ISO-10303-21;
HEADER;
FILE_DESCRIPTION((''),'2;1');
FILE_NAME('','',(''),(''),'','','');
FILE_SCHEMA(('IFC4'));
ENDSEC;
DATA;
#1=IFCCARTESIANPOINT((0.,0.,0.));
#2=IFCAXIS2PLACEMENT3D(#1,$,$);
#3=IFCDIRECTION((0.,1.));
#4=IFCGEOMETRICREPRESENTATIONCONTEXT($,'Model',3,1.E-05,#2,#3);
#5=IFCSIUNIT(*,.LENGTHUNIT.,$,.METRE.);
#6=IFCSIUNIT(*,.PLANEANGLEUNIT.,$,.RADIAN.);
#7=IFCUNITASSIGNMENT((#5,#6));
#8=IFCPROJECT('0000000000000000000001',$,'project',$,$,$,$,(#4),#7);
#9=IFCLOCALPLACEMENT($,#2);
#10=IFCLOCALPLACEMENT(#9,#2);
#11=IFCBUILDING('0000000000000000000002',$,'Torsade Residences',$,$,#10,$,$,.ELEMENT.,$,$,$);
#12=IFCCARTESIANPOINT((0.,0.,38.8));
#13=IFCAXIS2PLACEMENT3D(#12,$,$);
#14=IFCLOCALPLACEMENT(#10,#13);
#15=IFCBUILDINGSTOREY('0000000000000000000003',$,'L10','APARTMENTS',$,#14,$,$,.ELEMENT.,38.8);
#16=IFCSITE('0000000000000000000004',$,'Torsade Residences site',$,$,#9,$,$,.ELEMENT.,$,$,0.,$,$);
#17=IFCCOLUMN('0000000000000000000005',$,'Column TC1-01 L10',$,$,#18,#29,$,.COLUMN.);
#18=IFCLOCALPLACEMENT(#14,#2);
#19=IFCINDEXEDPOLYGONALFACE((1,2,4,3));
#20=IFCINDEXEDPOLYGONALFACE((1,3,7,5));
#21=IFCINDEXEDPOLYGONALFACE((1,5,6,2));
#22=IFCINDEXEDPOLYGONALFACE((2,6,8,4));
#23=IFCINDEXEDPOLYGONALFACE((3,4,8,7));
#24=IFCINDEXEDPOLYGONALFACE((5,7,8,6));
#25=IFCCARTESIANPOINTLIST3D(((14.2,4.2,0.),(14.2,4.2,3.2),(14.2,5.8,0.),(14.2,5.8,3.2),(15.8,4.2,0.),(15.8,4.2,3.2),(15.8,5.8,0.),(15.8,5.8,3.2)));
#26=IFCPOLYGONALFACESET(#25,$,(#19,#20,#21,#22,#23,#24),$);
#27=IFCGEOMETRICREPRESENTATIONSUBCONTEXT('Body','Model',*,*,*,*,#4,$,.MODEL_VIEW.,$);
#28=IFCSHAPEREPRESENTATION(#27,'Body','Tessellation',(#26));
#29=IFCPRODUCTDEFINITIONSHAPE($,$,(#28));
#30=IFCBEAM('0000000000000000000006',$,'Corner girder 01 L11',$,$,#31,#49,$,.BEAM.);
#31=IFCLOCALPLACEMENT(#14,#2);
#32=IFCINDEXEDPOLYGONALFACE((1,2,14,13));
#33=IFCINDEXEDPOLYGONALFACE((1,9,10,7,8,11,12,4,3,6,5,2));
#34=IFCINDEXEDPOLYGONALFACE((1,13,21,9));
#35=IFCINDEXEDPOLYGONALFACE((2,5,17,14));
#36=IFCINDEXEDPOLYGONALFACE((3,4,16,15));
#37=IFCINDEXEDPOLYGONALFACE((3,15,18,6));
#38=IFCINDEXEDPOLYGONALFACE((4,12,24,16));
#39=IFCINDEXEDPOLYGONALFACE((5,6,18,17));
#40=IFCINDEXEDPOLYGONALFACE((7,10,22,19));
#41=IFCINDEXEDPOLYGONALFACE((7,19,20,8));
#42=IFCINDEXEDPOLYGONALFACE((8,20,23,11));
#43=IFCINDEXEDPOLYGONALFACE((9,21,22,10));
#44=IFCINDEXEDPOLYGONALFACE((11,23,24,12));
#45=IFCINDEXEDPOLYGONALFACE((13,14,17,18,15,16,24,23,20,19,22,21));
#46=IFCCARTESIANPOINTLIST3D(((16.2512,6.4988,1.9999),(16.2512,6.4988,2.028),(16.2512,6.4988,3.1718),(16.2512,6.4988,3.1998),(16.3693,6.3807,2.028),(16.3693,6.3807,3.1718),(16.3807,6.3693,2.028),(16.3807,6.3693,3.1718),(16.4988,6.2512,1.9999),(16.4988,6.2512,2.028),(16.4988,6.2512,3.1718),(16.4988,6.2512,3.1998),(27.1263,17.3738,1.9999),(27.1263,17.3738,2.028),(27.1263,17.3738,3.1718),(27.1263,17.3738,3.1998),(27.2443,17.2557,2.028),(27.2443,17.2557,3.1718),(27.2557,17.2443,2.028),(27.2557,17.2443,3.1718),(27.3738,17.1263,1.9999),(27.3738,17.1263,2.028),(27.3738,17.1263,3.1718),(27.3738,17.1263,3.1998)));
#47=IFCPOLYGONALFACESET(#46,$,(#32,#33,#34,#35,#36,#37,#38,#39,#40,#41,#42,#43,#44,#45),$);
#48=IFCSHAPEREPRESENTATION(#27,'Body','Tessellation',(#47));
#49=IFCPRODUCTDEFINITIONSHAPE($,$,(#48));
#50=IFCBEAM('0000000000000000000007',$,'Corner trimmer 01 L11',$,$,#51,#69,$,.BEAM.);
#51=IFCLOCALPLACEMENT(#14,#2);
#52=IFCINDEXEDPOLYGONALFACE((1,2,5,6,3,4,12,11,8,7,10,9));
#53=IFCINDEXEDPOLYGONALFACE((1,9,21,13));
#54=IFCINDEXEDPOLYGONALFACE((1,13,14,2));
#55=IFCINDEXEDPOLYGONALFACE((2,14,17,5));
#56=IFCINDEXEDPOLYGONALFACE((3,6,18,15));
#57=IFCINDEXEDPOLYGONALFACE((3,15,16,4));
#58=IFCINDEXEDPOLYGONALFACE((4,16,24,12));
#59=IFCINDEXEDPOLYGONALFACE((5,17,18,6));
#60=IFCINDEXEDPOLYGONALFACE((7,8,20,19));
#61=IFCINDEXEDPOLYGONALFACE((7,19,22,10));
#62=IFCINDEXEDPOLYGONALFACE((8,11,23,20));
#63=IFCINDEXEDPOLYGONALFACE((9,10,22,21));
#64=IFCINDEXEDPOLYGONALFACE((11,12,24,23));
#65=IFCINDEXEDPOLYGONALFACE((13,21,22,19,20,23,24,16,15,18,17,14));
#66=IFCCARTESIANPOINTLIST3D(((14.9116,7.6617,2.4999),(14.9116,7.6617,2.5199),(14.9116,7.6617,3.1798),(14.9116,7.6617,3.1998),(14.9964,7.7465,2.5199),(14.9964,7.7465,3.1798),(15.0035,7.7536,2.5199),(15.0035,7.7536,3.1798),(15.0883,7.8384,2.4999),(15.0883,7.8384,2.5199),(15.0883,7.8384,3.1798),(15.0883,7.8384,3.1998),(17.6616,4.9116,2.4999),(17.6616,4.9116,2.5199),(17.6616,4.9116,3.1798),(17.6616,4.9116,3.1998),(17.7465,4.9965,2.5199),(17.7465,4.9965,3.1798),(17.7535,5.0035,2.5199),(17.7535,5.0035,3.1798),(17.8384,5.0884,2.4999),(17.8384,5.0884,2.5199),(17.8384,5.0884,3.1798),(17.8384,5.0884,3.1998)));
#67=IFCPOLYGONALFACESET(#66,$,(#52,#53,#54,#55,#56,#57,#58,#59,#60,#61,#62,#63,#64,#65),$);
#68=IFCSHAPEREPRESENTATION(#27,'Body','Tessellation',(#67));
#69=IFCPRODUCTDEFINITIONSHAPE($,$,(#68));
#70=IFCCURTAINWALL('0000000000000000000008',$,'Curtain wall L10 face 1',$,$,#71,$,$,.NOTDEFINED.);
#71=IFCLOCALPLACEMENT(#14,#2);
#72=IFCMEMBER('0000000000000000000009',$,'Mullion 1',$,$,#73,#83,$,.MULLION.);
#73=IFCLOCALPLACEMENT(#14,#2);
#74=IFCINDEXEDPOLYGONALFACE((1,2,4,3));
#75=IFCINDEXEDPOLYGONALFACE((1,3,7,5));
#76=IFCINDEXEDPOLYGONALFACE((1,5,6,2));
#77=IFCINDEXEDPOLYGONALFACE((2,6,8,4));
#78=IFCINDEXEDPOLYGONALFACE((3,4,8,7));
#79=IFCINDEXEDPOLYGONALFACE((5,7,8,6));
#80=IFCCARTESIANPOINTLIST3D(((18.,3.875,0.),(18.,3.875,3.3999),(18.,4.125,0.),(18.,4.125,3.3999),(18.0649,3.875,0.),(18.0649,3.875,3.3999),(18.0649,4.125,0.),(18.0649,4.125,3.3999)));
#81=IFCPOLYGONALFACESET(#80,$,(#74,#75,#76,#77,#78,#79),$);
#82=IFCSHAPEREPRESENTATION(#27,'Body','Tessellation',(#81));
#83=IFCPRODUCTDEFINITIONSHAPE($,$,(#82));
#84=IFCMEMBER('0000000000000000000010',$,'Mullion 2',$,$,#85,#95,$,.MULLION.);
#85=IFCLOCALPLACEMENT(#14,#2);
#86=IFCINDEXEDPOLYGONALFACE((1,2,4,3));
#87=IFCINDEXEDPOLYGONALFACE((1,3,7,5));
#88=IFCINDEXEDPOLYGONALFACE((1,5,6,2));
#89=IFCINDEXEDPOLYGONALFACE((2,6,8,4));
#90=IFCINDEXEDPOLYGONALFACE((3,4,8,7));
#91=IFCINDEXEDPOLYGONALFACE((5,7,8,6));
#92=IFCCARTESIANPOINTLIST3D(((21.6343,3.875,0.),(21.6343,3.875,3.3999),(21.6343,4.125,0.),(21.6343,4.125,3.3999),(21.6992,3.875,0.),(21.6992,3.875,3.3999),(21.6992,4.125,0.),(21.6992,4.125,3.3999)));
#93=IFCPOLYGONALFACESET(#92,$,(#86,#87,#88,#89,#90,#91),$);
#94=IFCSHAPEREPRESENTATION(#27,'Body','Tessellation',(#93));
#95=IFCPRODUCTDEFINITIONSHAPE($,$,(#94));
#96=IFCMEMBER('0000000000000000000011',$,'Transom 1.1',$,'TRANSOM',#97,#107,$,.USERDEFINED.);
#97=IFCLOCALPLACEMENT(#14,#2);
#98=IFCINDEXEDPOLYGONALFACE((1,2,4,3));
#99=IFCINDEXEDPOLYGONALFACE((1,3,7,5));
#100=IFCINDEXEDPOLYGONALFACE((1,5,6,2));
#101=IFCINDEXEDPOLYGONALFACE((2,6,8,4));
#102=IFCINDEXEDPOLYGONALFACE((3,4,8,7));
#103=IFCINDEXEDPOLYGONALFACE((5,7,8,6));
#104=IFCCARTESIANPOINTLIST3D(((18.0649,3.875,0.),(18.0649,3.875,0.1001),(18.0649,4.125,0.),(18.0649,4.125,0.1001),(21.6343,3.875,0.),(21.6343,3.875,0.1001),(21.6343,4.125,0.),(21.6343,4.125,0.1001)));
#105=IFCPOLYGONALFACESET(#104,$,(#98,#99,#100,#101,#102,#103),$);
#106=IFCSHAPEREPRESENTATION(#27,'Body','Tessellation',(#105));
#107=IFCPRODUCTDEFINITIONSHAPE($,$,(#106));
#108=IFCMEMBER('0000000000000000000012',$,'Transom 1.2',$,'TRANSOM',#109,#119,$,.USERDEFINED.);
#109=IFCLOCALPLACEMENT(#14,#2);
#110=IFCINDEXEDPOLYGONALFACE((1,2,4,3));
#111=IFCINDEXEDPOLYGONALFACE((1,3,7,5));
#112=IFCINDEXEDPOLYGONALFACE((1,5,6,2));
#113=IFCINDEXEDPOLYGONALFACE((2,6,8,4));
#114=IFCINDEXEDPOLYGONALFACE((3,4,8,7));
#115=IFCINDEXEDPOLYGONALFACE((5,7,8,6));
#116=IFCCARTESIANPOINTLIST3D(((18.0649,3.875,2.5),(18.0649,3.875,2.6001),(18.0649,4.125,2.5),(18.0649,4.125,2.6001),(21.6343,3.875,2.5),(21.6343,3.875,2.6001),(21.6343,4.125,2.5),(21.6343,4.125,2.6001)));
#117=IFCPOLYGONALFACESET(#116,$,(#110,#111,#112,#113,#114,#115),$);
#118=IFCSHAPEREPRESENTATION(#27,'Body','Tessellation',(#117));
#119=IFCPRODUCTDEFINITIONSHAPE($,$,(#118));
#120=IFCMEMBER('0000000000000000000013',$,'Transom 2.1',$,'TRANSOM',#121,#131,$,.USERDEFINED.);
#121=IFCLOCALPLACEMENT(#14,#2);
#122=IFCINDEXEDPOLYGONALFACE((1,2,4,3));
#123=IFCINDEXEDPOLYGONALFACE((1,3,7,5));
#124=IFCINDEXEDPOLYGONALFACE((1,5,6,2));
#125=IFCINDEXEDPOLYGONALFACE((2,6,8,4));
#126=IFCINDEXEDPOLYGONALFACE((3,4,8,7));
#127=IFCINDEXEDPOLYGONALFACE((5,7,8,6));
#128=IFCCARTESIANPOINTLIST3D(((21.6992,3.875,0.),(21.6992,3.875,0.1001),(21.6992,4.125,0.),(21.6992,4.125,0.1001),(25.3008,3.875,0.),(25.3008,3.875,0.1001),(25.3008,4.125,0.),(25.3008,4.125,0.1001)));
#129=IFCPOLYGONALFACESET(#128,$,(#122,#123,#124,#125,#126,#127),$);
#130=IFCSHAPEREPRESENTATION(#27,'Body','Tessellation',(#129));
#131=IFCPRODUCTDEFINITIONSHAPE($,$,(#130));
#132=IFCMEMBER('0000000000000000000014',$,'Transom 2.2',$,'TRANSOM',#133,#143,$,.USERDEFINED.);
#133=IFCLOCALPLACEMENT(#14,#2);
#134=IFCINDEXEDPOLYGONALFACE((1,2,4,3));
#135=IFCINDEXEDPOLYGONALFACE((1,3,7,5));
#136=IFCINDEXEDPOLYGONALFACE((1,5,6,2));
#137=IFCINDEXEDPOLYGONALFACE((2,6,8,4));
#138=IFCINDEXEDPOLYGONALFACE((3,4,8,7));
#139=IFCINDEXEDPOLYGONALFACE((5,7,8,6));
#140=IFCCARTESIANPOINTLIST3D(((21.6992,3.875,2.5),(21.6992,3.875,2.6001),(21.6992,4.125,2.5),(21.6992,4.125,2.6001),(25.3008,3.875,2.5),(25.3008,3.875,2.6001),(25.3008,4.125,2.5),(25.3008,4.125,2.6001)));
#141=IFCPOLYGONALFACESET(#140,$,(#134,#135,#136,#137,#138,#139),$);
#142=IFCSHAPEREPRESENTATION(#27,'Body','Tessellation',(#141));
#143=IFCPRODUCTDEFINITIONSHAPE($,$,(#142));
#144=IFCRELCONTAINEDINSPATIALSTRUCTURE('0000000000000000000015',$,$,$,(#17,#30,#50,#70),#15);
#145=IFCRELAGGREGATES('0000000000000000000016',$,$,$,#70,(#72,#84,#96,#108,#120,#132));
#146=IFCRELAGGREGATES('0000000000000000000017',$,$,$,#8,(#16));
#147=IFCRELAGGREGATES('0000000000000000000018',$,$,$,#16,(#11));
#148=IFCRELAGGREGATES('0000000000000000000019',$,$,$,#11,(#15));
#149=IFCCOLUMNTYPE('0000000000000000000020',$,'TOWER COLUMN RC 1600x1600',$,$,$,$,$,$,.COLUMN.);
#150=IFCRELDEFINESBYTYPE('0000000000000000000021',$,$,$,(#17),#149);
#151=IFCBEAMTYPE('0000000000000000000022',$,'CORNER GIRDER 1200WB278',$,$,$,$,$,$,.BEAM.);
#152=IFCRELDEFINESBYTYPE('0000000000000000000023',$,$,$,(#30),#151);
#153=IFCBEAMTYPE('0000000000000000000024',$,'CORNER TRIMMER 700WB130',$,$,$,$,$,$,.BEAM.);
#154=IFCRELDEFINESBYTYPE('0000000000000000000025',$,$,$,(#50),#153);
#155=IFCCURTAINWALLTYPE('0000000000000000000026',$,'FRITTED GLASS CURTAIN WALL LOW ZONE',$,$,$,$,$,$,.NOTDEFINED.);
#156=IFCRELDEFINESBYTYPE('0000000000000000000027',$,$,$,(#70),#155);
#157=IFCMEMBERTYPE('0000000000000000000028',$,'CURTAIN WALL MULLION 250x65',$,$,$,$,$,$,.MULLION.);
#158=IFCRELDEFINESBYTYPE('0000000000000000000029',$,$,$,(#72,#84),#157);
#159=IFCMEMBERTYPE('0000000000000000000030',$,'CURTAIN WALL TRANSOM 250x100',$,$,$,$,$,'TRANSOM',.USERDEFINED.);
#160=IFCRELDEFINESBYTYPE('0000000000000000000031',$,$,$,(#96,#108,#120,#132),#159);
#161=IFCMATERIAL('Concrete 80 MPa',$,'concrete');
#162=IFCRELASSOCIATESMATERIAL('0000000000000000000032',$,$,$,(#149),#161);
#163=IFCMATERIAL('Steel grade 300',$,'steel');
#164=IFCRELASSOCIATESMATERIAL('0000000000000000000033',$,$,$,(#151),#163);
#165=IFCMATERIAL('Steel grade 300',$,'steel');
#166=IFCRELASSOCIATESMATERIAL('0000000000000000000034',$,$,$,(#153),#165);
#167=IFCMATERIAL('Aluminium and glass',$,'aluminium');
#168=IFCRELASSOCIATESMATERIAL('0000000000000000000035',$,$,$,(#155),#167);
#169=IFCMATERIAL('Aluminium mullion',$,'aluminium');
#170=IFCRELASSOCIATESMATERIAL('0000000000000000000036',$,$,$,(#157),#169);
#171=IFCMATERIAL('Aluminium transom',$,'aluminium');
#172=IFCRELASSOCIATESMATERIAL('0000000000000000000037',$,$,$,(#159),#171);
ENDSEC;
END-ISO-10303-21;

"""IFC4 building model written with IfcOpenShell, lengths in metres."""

from ifc_helpers import new_model, si_unit, direction, frame, origin, origin_2d, place, context, subcontext, project, spatial, rectangle, i_section, extrude, material, material_profile, profile_set, type_object, element, aggregate, save


model = new_model("IFC4")

# Units and contexts
model_context = context("Model", 3, precision=1e-05, world=origin(), true_north=direction((0.0, 1.0)))
body_context = subcontext(model_context, "Body", "Model", "MODEL_VIEW")
ifc_project = project(units=[si_unit("LENGTHUNIT", "METRE"), si_unit("PLANEANGLEUNIT", "RADIAN")], contexts=[model_context])

# Site, building, storey
site_placement = place(None, origin())
site = spatial("IfcSite", under=ifc_project, at=site_placement, Name="Torsade Residences site", CompositionType="ELEMENT", RefElevation=0.0)
building_placement = place(site_placement, origin())
building = spatial("IfcBuilding", under=site, at=building_placement, Name="Torsade Residences", CompositionType="ELEMENT")
storey_placement = place(building_placement, frame((0.0, 0.0, 38.8)))
storey = spatial("IfcBuildingStorey", under=building, at=storey_placement, Name="L10", Description="APARTMENTS", CompositionType="ELEMENT", Elevation=38.8)

# Column
ifc_material_1 = material(Name="Concrete 80 MPa", Category="concrete")
ifc_material_profile_1 = material_profile(ifc_material_1, rectangle(XDim=1.6001, YDim=1.6001, at=origin_2d()), Name="RC 1600x1600")
ifc_profile_set_1 = profile_set([ifc_material_profile_1], Name="Concrete 80 MPa")
column_type = type_object("IfcColumnType", Name="TOWER COLUMN RC 1600x1600", PredefinedType="COLUMN", material=ifc_profile_set_1)
column_placement = place(storey_placement, frame((15.0, 5.0, 0.0), z_axis=(0.0, 0.0, 1.0), x_axis=(1.0, 0.0, 0.0)))
element("IfcColumn", 1, at=column_placement, inside=storey, type_object=column_type, Name="Column TC1-01 L10", PredefinedType="COLUMN", context=body_context, shape_type="SweptSolid", body=[
    extrude(rectangle(XDim=1.6001, YDim=1.6001, at=origin_2d()), origin(), (0.0, 0.0, 1.0), 3.2),
])

# Beams
ifc_material_2 = material(Name="Steel grade 300", Category="steel")
ifc_material_profile_2 = material_profile(ifc_material_2, i_section(OverallWidth=0.3501, OverallDepth=1.2, WebThickness=0.0161, FlangeThickness=0.0281, at=origin_2d()), Name="1200WB278")
ifc_profile_set_2 = profile_set([ifc_material_profile_2], Name="Steel grade 300")
beam_type_1 = type_object("IfcBeamType", Name="CORNER GIRDER 1200WB278", PredefinedType="BEAM", material=ifc_profile_set_2)
beam_1_placement = place(storey_placement, frame((16.375, 6.375, 2.5999), z_axis=(0.707107, 0.707107, 0.0), x_axis=(-0.707107, 0.707107, 0.0)))
element("IfcBeam", 2, at=beam_1_placement, inside=storey, type_object=beam_type_1, Name="Corner girder 01 L11", PredefinedType="BEAM", context=body_context, shape_type="SweptSolid", body=[
    extrude(i_section(OverallWidth=0.3501, OverallDepth=1.2, WebThickness=0.0161, FlangeThickness=0.0281, at=origin_2d()), origin(), (0.0, 0.0, 1.0), 15.3796),
])
ifc_material_3 = material(Name="Steel grade 300", Category="steel")
ifc_material_profile_3 = material_profile(ifc_material_3, i_section(OverallWidth=0.25, OverallDepth=0.7, WebThickness=0.01, FlangeThickness=0.02, at=origin_2d()), Name="700WB130")
ifc_profile_set_3 = profile_set([ifc_material_profile_3], Name="Steel grade 300")
beam_type_2 = type_object("IfcBeamType", Name="CORNER TRIMMER 700WB130", PredefinedType="BEAM", material=ifc_profile_set_3)
beam_2_placement = place(storey_placement, frame((17.75, 5.0, 2.8499), z_axis=(-0.707107, 0.707107, 0.0), x_axis=(-0.707107, -0.707107, 0.0)))
element("IfcBeam", 3, at=beam_2_placement, inside=storey, type_object=beam_type_2, Name="Corner trimmer 01 L11", PredefinedType="BEAM", context=body_context, shape_type="SweptSolid", body=[
    extrude(i_section(OverallWidth=0.25, OverallDepth=0.7, WebThickness=0.01, FlangeThickness=0.02, at=origin_2d()), origin(), (0.0, 0.0, 1.0), 3.8892),
])

# Curtain wall, members
ifc_material_4 = material(Name="Aluminium and glass", Category="aluminium")
curtain_wall_type = type_object("IfcCurtainWallType", Name="FRITTED GLASS CURTAIN WALL LOW ZONE", PredefinedType="NOTDEFINED", material=ifc_material_4)
curtain_wall_placement = place(storey_placement, origin())
curtain_wall = element("IfcCurtainWall", 4, at=curtain_wall_placement, inside=storey, type_object=curtain_wall_type, Name="Curtain wall L10 face 1", PredefinedType="NOTDEFINED")
ifc_material_5 = material(Name="Aluminium mullion", Category="aluminium")
ifc_material_profile_4 = material_profile(ifc_material_5, rectangle(XDim=0.25, YDim=0.0649, at=origin_2d()), Name="CURTAIN WALL MULLION 250x65")
ifc_profile_set_4 = profile_set([ifc_material_profile_4], Name="Aluminium mullion")
member_type_1 = type_object("IfcMemberType", Name="CURTAIN WALL MULLION 250x65", PredefinedType="MULLION", material=ifc_profile_set_4)
member_1_placement = place(storey_placement, frame((18.0325, 4.0, 0.0), z_axis=(0.0, 0.0, 1.0), x_axis=(0.0, 1.0, 0.0)))
member_1 = element("IfcMember", 5, at=member_1_placement, type_object=member_type_1, Name="Mullion 1", PredefinedType="MULLION", context=body_context, shape_type="SweptSolid", body=[
    extrude(rectangle(XDim=0.25, YDim=0.0649, at=origin_2d()), origin(), (0.0, 0.0, 1.0), 3.3999),
])
member_2_placement = place(storey_placement, frame((21.6667, 4.0, 0.0), z_axis=(0.0, 0.0, 1.0), x_axis=(0.0, 1.0, 0.0)))
member_2 = element("IfcMember", 6, at=member_2_placement, type_object=member_type_1, Name="Mullion 2", PredefinedType="MULLION", context=body_context, shape_type="SweptSolid", body=[
    extrude(rectangle(XDim=0.25, YDim=0.0649, at=origin_2d()), origin(), (0.0, 0.0, 1.0), 3.3999),
])
ifc_material_6 = material(Name="Aluminium transom", Category="aluminium")
ifc_material_profile_5 = material_profile(ifc_material_6, rectangle(XDim=0.25, YDim=0.1001, at=origin_2d()), Name="CURTAIN WALL TRANSOM 250x100")
ifc_profile_set_5 = profile_set([ifc_material_profile_5], Name="Aluminium transom")
member_type_2 = type_object("IfcMemberType", Name="CURTAIN WALL TRANSOM 250x100", ElementType="TRANSOM", PredefinedType="USERDEFINED", material=ifc_profile_set_5)
member_3_placement = place(storey_placement, frame((18.0649, 4.0, 0.05), z_axis=(1.0, 0.0, 0.0), x_axis=(0.0, 1.0, 0.0)))
member_3 = element("IfcMember", 7, at=member_3_placement, type_object=member_type_2, Name="Transom 1.1", ObjectType="TRANSOM", PredefinedType="USERDEFINED", context=body_context, shape_type="SweptSolid", body=[
    extrude(rectangle(XDim=0.25, YDim=0.1001, at=origin_2d()), origin(), (0.0, 0.0, 1.0), 3.5693),
])
member_4_placement = place(storey_placement, frame((18.0649, 4.0, 2.55), z_axis=(1.0, 0.0, 0.0), x_axis=(0.0, 1.0, 0.0)))
member_4 = element("IfcMember", 8, at=member_4_placement, type_object=member_type_2, Name="Transom 1.2", ObjectType="TRANSOM", PredefinedType="USERDEFINED", context=body_context, shape_type="SweptSolid", body=[
    extrude(rectangle(XDim=0.25, YDim=0.1001, at=origin_2d()), origin(), (0.0, 0.0, 1.0), 3.5693),
])
member_5_placement = place(storey_placement, frame((21.6992, 4.0, 0.05), z_axis=(1.0, 0.0, 0.0), x_axis=(0.0, 1.0, 0.0)))
member_5 = element("IfcMember", 9, at=member_5_placement, type_object=member_type_2, Name="Transom 2.1", ObjectType="TRANSOM", PredefinedType="USERDEFINED", context=body_context, shape_type="SweptSolid", body=[
    extrude(rectangle(XDim=0.25, YDim=0.1001, at=origin_2d()), origin(), (0.0, 0.0, 1.0), 3.6016),
])
member_6_placement = place(storey_placement, frame((21.6992, 4.0, 2.55), z_axis=(1.0, 0.0, 0.0), x_axis=(0.0, 1.0, 0.0)))
member_6 = element("IfcMember", 10, at=member_6_placement, type_object=member_type_2, Name="Transom 2.2", ObjectType="TRANSOM", PredefinedType="USERDEFINED", context=body_context, shape_type="SweptSolid", body=[
    extrude(rectangle(XDim=0.25, YDim=0.1001, at=origin_2d()), origin(), (0.0, 0.0, 1.0), 3.6016),
])

aggregate(curtain_wall, [member_1, member_2, member_3, member_4, member_5, member_6])

save(model, "model.ifc")
